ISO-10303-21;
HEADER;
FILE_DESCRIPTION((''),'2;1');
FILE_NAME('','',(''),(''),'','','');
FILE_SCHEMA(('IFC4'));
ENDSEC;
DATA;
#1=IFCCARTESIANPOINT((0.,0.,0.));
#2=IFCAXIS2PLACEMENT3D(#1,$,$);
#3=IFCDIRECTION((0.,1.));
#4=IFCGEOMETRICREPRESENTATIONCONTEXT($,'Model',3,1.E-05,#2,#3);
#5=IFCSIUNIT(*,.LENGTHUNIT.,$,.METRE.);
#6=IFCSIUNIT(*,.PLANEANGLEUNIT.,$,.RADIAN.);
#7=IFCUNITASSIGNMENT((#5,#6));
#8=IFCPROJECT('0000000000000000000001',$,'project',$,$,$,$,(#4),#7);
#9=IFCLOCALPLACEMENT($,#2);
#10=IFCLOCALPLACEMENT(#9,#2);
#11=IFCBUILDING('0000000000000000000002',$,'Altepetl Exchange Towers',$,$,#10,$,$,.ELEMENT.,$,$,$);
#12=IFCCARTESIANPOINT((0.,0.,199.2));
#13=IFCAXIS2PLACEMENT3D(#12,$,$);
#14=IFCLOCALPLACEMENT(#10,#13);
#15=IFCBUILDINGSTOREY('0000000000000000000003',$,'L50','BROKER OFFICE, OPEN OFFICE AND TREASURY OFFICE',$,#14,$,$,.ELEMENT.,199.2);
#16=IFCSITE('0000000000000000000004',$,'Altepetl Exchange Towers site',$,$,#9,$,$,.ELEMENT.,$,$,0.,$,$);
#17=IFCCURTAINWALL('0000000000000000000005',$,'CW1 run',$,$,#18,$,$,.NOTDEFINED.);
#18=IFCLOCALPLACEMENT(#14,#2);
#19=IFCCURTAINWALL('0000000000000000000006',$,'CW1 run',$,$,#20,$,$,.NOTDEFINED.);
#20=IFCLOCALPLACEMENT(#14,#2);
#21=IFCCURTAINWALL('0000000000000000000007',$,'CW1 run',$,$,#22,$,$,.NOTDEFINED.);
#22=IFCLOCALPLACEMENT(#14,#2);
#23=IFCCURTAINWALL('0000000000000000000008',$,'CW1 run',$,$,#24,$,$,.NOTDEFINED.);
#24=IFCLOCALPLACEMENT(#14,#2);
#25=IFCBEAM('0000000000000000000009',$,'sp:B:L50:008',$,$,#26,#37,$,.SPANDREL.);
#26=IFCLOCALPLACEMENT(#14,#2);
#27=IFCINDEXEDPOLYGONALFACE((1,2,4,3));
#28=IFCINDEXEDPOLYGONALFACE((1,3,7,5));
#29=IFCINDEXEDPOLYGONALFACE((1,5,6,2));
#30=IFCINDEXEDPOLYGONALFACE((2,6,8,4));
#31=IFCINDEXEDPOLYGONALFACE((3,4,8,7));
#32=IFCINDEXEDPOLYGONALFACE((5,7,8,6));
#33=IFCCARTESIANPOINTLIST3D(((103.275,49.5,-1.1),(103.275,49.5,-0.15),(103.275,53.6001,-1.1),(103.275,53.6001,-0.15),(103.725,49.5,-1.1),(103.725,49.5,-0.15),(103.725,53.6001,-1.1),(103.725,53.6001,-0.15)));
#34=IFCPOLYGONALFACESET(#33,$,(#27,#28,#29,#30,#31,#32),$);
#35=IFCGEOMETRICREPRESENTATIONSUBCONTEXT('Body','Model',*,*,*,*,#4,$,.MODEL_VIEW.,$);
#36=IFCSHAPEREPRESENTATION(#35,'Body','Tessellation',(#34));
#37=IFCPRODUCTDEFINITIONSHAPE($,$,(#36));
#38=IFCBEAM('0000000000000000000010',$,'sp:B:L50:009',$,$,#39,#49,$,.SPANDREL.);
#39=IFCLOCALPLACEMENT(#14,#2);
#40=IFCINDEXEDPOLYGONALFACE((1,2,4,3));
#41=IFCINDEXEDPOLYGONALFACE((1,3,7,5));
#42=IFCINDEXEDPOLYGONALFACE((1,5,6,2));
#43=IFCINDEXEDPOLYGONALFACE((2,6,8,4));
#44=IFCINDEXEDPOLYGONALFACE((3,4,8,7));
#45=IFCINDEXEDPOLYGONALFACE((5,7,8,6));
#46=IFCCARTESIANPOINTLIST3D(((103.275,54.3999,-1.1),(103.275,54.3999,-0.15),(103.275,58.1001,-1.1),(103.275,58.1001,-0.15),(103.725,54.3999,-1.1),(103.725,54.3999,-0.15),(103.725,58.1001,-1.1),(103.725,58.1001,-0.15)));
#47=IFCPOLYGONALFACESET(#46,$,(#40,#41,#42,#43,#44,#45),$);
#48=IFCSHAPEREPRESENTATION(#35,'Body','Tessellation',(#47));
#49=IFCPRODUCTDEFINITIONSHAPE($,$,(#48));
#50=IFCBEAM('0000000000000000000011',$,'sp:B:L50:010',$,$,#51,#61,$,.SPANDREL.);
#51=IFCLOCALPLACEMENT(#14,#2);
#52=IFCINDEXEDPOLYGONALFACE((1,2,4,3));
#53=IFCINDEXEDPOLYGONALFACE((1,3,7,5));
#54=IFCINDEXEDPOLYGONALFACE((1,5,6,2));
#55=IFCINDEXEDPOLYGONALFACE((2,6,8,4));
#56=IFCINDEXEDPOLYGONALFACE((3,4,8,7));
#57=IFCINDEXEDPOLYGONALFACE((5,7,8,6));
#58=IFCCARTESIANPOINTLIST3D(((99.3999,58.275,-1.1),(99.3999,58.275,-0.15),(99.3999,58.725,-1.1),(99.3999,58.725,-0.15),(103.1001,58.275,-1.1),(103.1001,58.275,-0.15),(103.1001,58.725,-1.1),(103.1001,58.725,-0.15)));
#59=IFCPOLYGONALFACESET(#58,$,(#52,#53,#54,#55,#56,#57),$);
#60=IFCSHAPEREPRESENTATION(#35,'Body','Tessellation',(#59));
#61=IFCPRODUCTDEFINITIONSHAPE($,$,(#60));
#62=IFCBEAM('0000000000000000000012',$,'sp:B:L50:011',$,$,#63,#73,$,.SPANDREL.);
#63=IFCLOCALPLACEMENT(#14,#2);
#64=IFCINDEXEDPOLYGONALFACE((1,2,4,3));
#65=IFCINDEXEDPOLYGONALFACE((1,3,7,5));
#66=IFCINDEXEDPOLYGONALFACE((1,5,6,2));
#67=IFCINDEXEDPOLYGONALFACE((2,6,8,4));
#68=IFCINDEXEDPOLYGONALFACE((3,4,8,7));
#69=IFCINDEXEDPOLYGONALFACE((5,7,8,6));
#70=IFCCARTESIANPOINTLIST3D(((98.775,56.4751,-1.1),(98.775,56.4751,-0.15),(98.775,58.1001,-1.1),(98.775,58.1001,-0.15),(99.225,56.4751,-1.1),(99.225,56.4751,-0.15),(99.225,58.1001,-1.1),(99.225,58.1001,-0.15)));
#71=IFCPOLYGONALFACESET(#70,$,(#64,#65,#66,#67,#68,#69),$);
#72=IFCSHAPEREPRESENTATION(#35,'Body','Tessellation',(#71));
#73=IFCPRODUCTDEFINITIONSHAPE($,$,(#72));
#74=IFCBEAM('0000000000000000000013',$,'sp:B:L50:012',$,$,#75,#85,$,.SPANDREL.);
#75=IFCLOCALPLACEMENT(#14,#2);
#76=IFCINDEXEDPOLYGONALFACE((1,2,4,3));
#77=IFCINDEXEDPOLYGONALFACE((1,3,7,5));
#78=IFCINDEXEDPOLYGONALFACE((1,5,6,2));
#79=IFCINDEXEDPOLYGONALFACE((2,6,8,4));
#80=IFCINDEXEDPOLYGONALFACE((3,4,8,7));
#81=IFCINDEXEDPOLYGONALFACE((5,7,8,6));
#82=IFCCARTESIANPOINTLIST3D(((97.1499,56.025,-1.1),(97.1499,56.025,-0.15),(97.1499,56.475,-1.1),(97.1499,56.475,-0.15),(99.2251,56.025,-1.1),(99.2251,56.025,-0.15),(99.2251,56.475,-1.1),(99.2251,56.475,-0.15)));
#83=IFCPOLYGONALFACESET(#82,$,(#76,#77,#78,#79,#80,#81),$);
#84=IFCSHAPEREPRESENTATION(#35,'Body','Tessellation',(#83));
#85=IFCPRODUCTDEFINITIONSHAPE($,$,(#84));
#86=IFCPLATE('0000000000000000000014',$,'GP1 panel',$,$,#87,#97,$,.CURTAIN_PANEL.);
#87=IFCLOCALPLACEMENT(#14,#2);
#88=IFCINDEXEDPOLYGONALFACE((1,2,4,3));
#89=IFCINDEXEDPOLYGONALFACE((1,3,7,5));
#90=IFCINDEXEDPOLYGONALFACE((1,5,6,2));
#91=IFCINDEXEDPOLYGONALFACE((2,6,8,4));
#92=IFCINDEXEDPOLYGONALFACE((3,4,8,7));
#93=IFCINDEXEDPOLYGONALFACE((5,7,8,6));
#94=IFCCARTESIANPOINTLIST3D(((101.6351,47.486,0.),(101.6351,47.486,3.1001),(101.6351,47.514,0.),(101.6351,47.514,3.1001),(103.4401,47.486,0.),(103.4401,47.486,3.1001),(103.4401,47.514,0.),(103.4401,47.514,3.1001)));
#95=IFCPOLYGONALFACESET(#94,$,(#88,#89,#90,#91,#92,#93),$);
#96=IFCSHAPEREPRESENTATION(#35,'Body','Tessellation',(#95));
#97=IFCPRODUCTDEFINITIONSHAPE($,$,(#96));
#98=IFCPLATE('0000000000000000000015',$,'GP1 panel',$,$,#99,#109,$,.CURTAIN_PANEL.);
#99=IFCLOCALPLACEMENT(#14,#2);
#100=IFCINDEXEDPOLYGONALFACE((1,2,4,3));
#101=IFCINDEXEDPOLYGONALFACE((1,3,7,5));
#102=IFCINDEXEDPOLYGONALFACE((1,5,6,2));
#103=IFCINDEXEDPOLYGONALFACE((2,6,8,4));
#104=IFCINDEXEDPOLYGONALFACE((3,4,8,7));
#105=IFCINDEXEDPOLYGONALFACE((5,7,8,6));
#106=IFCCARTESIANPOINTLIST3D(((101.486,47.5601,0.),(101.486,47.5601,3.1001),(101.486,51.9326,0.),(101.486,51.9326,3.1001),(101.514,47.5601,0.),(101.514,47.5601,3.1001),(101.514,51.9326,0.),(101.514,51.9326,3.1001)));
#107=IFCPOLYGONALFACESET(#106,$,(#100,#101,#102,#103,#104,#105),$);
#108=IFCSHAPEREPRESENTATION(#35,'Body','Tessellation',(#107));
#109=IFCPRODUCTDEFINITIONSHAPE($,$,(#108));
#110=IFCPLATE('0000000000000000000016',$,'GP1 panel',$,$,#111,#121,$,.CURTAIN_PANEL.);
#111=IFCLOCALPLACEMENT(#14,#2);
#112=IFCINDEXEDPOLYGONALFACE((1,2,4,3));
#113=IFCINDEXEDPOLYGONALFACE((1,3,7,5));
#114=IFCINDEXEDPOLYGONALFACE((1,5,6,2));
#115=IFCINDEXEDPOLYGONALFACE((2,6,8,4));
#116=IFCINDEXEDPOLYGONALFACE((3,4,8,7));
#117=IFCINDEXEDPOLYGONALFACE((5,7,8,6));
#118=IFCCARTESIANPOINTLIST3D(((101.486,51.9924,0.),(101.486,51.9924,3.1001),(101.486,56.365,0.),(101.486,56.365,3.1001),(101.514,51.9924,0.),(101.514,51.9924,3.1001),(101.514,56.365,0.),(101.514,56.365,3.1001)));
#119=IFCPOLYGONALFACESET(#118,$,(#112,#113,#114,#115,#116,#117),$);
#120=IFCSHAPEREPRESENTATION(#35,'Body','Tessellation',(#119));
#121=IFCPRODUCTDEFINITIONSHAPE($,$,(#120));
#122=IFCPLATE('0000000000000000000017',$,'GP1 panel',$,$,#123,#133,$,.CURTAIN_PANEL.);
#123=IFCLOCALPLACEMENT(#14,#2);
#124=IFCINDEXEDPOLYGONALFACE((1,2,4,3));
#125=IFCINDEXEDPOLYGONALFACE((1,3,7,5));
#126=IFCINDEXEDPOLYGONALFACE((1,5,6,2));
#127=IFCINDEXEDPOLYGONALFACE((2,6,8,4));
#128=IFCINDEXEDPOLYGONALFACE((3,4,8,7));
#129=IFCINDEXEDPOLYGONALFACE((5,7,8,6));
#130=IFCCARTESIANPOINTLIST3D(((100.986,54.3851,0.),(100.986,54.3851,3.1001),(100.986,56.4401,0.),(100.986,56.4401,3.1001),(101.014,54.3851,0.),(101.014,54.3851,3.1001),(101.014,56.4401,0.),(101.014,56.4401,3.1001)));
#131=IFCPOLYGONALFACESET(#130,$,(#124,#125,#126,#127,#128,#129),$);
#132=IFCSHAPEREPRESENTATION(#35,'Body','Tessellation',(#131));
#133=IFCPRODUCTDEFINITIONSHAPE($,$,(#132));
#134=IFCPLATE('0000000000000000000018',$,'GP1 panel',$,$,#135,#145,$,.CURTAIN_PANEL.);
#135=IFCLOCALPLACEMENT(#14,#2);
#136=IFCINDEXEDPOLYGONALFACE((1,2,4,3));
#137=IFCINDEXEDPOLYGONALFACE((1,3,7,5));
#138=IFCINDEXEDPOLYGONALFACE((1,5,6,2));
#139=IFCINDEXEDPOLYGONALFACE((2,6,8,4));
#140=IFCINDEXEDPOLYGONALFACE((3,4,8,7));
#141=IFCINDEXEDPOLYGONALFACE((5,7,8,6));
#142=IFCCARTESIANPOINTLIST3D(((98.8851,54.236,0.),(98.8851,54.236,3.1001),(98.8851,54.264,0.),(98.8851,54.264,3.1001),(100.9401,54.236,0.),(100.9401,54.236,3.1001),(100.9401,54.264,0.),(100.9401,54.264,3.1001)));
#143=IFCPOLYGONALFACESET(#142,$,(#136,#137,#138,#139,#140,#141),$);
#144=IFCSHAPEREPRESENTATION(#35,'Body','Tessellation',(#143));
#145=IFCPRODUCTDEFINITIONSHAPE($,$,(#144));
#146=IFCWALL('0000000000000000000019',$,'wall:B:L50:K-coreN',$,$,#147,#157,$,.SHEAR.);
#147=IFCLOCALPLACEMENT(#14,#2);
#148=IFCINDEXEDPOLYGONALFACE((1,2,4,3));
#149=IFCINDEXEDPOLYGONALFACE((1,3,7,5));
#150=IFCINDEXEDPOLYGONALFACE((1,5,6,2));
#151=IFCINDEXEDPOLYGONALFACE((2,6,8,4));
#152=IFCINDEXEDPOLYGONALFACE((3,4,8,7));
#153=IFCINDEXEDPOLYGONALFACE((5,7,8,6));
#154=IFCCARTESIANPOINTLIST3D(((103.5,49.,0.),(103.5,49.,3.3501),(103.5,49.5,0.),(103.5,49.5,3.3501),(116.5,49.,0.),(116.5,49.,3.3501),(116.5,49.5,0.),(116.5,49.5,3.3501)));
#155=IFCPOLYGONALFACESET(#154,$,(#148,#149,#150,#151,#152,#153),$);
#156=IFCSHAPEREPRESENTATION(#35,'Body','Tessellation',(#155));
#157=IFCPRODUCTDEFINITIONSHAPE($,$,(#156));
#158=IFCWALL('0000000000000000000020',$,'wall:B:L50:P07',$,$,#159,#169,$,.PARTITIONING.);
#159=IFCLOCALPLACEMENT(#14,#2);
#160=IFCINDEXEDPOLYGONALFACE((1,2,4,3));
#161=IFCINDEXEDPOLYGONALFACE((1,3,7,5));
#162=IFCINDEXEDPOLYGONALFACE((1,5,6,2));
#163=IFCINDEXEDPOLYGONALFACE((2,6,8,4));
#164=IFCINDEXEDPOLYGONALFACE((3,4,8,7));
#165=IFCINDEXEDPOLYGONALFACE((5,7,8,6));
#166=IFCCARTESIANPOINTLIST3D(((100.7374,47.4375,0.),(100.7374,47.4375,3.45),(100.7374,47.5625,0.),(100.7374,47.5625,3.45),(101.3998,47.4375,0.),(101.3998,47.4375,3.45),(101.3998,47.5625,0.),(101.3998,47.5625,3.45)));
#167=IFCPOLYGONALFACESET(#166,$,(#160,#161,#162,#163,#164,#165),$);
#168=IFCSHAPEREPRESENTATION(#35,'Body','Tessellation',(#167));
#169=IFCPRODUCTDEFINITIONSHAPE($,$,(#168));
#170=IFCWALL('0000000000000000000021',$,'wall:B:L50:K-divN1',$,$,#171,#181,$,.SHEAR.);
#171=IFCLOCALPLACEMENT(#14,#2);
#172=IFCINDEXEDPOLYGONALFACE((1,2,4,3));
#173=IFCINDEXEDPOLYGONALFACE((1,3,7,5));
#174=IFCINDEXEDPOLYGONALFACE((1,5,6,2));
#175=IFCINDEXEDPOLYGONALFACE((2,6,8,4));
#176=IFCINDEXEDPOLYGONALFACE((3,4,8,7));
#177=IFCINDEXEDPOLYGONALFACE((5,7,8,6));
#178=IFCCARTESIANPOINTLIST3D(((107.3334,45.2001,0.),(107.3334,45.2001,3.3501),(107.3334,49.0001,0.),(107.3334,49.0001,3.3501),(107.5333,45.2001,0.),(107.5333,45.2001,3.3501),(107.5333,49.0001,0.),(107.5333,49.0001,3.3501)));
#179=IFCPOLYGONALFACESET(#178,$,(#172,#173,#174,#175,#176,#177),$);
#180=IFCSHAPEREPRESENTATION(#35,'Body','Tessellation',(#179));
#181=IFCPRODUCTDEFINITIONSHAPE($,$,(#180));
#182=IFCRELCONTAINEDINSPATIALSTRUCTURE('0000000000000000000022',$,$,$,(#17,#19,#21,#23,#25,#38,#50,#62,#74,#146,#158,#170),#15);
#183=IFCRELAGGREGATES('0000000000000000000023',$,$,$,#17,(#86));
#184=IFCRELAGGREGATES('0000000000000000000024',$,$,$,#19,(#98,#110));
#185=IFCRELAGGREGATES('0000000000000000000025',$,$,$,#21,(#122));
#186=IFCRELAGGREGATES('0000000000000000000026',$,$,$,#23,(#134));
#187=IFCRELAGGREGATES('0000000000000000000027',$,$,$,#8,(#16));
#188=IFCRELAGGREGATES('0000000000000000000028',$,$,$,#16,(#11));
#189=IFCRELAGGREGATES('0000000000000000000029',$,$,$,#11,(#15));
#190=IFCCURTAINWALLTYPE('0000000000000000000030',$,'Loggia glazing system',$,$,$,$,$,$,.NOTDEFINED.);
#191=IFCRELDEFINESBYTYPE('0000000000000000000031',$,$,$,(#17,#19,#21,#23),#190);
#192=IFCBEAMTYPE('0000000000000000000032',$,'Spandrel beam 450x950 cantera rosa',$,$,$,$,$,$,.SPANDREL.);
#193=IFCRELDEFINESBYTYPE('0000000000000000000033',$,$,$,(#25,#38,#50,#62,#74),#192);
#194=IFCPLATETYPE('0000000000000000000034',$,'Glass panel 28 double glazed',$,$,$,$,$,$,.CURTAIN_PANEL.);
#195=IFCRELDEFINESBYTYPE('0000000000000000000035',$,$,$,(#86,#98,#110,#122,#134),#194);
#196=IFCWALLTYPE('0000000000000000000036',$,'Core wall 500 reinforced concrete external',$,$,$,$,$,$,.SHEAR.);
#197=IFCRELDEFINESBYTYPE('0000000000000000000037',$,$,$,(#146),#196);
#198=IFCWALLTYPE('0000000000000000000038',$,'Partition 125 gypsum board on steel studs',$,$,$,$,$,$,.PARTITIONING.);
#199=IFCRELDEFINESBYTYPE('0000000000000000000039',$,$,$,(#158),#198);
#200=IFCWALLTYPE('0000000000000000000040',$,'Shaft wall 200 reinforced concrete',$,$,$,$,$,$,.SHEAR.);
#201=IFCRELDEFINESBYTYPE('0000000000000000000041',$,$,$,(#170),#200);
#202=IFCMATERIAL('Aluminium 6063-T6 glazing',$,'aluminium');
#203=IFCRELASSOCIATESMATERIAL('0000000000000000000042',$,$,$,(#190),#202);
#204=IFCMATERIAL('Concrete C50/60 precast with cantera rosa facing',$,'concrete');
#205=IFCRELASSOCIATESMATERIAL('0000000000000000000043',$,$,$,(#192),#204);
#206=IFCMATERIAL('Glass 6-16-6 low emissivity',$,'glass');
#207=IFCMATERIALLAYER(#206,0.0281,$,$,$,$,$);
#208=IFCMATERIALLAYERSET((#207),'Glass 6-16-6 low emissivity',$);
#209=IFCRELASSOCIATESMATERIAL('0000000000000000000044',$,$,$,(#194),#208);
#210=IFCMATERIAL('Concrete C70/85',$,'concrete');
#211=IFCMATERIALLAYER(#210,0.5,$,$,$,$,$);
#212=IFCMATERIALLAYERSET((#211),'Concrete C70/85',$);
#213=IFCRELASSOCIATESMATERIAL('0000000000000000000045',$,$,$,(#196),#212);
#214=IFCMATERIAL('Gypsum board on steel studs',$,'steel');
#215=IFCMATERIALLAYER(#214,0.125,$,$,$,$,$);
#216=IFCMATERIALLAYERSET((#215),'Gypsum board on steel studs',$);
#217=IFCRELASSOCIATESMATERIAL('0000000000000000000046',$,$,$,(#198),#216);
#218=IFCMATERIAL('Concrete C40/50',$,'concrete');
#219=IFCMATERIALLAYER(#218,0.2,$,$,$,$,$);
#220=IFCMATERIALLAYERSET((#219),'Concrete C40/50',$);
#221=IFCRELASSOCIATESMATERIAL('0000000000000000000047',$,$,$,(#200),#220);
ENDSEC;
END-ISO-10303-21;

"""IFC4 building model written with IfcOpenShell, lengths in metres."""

from ifc_helpers import new_model, si_unit, direction, frame, frame_2d, origin, origin_2d, place, context, subcontext, project, spatial, rectangle, extrude, material, layer, layer_set, material_profile, profile_set, type_object, element, aggregate, save


model = new_model("IFC4")

# Units and contexts
model_context = context("Model", 3, precision=1e-05, world=origin(), true_north=direction((0.0, 1.0)))
body_context = subcontext(model_context, "Body", "Model", "MODEL_VIEW")
ifc_project = project(units=[si_unit("LENGTHUNIT", "METRE"), si_unit("PLANEANGLEUNIT", "RADIAN")], contexts=[model_context])

# Site, building, storey
site_placement = place(None, origin())
site = spatial("IfcSite", under=ifc_project, at=site_placement, Name="Altepetl Exchange Towers site", CompositionType="ELEMENT", RefElevation=0.0)
building_placement = place(site_placement, origin())
building = spatial("IfcBuilding", under=site, at=building_placement, Name="Altepetl Exchange Towers", CompositionType="ELEMENT")
storey_placement = place(building_placement, frame((0.0, 0.0, 199.2)))
storey = spatial("IfcBuildingStorey", under=building, at=storey_placement, Name="L50", Description="BROKER OFFICE, OPEN OFFICE AND TREASURY OFFICE", CompositionType="ELEMENT", Elevation=199.2)

# Curtain walls
ifc_material_1 = material(Name="Aluminium 6063-T6 glazing", Category="aluminium")
curtain_wall_type = type_object("IfcCurtainWallType", Name="Loggia glazing system", PredefinedType="NOTDEFINED", material=ifc_material_1)
curtain_wall_1_placement = place(storey_placement, origin())
curtain_wall_1 = element("IfcCurtainWall", 1, at=curtain_wall_1_placement, inside=storey, type_object=curtain_wall_type, Name="CW1 run", PredefinedType="NOTDEFINED")
curtain_wall_2_placement = place(storey_placement, origin())
curtain_wall_2 = element("IfcCurtainWall", 2, at=curtain_wall_2_placement, inside=storey, type_object=curtain_wall_type, Name="CW1 run", PredefinedType="NOTDEFINED")
curtain_wall_3_placement = place(storey_placement, origin())
curtain_wall_3 = element("IfcCurtainWall", 3, at=curtain_wall_3_placement, inside=storey, type_object=curtain_wall_type, Name="CW1 run", PredefinedType="NOTDEFINED")
curtain_wall_4_placement = place(storey_placement, origin())
curtain_wall_4 = element("IfcCurtainWall", 4, at=curtain_wall_4_placement, inside=storey, type_object=curtain_wall_type, Name="CW1 run", PredefinedType="NOTDEFINED")

# Beams
ifc_material_2 = material(Name="Concrete C50/60 precast with cantera rosa facing", Category="concrete")
ifc_material_profile_1 = material_profile(ifc_material_2, rectangle(XDim=0.45, YDim=0.95, at=origin_2d()), Name="450 x 950")
ifc_profile_set_1 = profile_set([ifc_material_profile_1], Name="Concrete C50/60 precast with cantera rosa facing")
beam_type = type_object("IfcBeamType", Name="Spandrel beam 450x950 cantera rosa", PredefinedType="SPANDREL", material=ifc_profile_set_1)
beam_1_placement = place(storey_placement, frame((103.5, 49.5, -0.625), z_axis=(0.0, 1.0, 0.0), x_axis=(-1.0, 0.0, 0.0)))
element("IfcBeam", 5, at=beam_1_placement, inside=storey, type_object=beam_type, Name="sp:B:L50:008", PredefinedType="SPANDREL", context=body_context, shape_type="SweptSolid", body=[
    extrude(rectangle(XDim=0.45, YDim=0.95, at=origin_2d()), origin(), (0.0, 0.0, 1.0), 4.1001),
])
for number, where, z_axis, x_axis, name in (
    (6, (103.5, 54.3999, -0.625), (0.0, 1.0, 0.0), (-1.0, 0.0, 0.0), "sp:B:L50:009"),
    (7, (103.1001, 58.5, -0.625), (-1.0, 0.0, 0.0), (0.0, -1.0, 0.0), "sp:B:L50:010"),
):
    element("IfcBeam", number, at=place(storey_placement, frame(where, z_axis=z_axis, x_axis=x_axis)), inside=storey, type_object=beam_type, Name=name, PredefinedType="SPANDREL", context=body_context, shape_type="SweptSolid", body=[
        extrude(rectangle(XDim=0.45, YDim=0.95, at=origin_2d()), origin(), (0.0, 0.0, 1.0), 3.7002),
    ])
beam_2_placement = place(storey_placement, frame((99.0, 58.1001, -0.625), z_axis=(0.0, -1.0, 0.0), x_axis=(1.0, 0.0, 0.0)))
element("IfcBeam", 8, at=beam_2_placement, inside=storey, type_object=beam_type, Name="sp:B:L50:011", PredefinedType="SPANDREL", context=body_context, shape_type="SweptSolid", body=[
    extrude(rectangle(XDim=0.45, YDim=0.95, at=origin_2d()), origin(), (0.0, 0.0, 1.0), 1.625),
])
beam_3_placement = place(storey_placement, frame((99.2251, 56.25, -0.625), z_axis=(-1.0, 0.0, 0.0), x_axis=(0.0, -1.0, 0.0)))
element("IfcBeam", 9, at=beam_3_placement, inside=storey, type_object=beam_type, Name="sp:B:L50:012", PredefinedType="SPANDREL", context=body_context, shape_type="SweptSolid", body=[
    extrude(rectangle(XDim=0.45, YDim=0.95, at=origin_2d()), origin(), (0.0, 0.0, 1.0), 2.0752),
])

# Plates
ifc_material_3 = material(Name="Glass 6-16-6 low emissivity", Category="glass")
ifc_layer_1 = layer(ifc_material_3, 0.0281)
ifc_layer_set_1 = layer_set([ifc_layer_1], Name="Glass 6-16-6 low emissivity")
plate_type = type_object("IfcPlateType", Name="Glass panel 28 double glazed", PredefinedType="CURTAIN_PANEL", material=ifc_layer_set_1)
plate_1_placement = place(storey_placement, frame((102.5376, 47.5, 0.0), z_axis=(0.0, 0.0, 1.0), x_axis=(-1.0, 0.0, 0.0)))
plate_1 = element("IfcPlate", 10, at=plate_1_placement, type_object=plate_type, Name="GP1 panel", PredefinedType="CURTAIN_PANEL", context=body_context, shape_type="SweptSolid", body=[
    extrude(rectangle(XDim=1.8049, YDim=0.0281, at=origin_2d()), origin(), (0.0, 0.0, 1.0), 3.1001),
])
aggregate(curtain_wall_1, [plate_1])
plate_2_placement = place(storey_placement, frame((101.5, 49.7463, 0.0), z_axis=(0.0, 0.0, 1.0), x_axis=(0.0, 1.0, 0.0)))
plate_2 = element("IfcPlate", 11, at=plate_2_placement, type_object=plate_type, Name="GP1 panel", PredefinedType="CURTAIN_PANEL", context=body_context, shape_type="SweptSolid", body=[
    extrude(rectangle(XDim=4.3726, YDim=0.0281, at=origin_2d()), origin(), (0.0, 0.0, 1.0), 3.1001),
])
plate_3_placement = place(storey_placement, frame((101.5, 54.1787, 0.0), z_axis=(0.0, 0.0, 1.0), x_axis=(0.0, 1.0, 0.0)))
plate_3 = element("IfcPlate", 12, at=plate_3_placement, type_object=plate_type, Name="GP1 panel", PredefinedType="CURTAIN_PANEL", context=body_context, shape_type="SweptSolid", body=[
    extrude(rectangle(XDim=4.3726, YDim=0.0281, at=origin_2d()), origin(), (0.0, 0.0, 1.0), 3.1001),
])
aggregate(curtain_wall_2, [plate_2, plate_3])
plate_4_placement = place(storey_placement, frame((101.0, 55.4126, 0.0), z_axis=(0.0, 0.0, 1.0), x_axis=(0.0, -1.0, 0.0)))
plate_4 = element("IfcPlate", 13, at=plate_4_placement, type_object=plate_type, Name="GP1 panel", PredefinedType="CURTAIN_PANEL", context=body_context, shape_type="SweptSolid", body=[
    extrude(rectangle(XDim=2.0549, YDim=0.0281, at=origin_2d()), origin(), (0.0, 0.0, 1.0), 3.1001),
])
aggregate(curtain_wall_3, [plate_4])
plate_5_placement = place(storey_placement, frame((99.9126, 54.25, 0.0), z_axis=(0.0, 0.0, 1.0), x_axis=(-1.0, 0.0, 0.0)))
plate_5 = element("IfcPlate", 14, at=plate_5_placement, type_object=plate_type, Name="GP1 panel", PredefinedType="CURTAIN_PANEL", context=body_context, shape_type="SweptSolid", body=[
    extrude(rectangle(XDim=2.0549, YDim=0.0281, at=origin_2d()), origin(), (0.0, 0.0, 1.0), 3.1001),
])
aggregate(curtain_wall_4, [plate_5])

# Walls
ifc_material_4 = material(Name="Concrete C70/85", Category="concrete")
ifc_layer_2 = layer(ifc_material_4, 0.5)
ifc_layer_set_2 = layer_set([ifc_layer_2], Name="Concrete C70/85")
wall_type_1 = type_object("IfcWallType", Name="Core wall 500 reinforced concrete external", PredefinedType="SHEAR", material=ifc_layer_set_2)
wall_1_placement = place(storey_placement, frame((103.5, 49.25, 0.0)))
element("IfcWall", 15, at=wall_1_placement, inside=storey, type_object=wall_type_1, Name="wall:B:L50:K-coreN", PredefinedType="SHEAR", context=body_context, shape_type="SweptSolid", body=[
    extrude(rectangle(XDim=13.0, YDim=0.5, at=frame_2d((6.5, 0.0))), origin(), (0.0, 0.0, 1.0), 3.3501),
])
ifc_material_5 = material(Name="Gypsum board on steel studs", Category="steel")
ifc_layer_3 = layer(ifc_material_5, 0.125)
ifc_layer_set_3 = layer_set([ifc_layer_3], Name="Gypsum board on steel studs")
wall_type_2 = type_object("IfcWallType", Name="Partition 125 gypsum board on steel studs", PredefinedType="PARTITIONING", material=ifc_layer_set_3)
wall_2_placement = place(storey_placement, frame((100.7375, 47.5, 0.0)))
element("IfcWall", 16, at=wall_2_placement, inside=storey, type_object=wall_type_2, Name="wall:B:L50:P07", PredefinedType="PARTITIONING", context=body_context, shape_type="SweptSolid", body=[
    extrude(rectangle(XDim=0.6624, YDim=0.125, at=frame_2d((0.3311, 0.0))), origin(), (0.0, 0.0, 1.0), 3.45),
])
ifc_material_6 = material(Name="Concrete C40/50", Category="concrete")
ifc_layer_4 = layer(ifc_material_6, 0.2)
ifc_layer_set_4 = layer_set([ifc_layer_4], Name="Concrete C40/50")
wall_type_3 = type_object("IfcWallType", Name="Shaft wall 200 reinforced concrete", PredefinedType="SHEAR", material=ifc_layer_set_4)
wall_3_placement = place(storey_placement, frame((107.4333, 49.0, 0.0), z_axis=(0.0, 0.0, 1.0), x_axis=(0.0, -1.0, 0.0)))
element("IfcWall", 17, at=wall_3_placement, inside=storey, type_object=wall_type_3, Name="wall:B:L50:K-divN1", PredefinedType="SHEAR", context=body_context, shape_type="SweptSolid", body=[
    extrude(rectangle(XDim=3.8, YDim=0.2, at=frame_2d((1.8999, 0.0))), origin(), (0.0, 0.0, 1.0), 3.3501),
])

save(model, "model.ifc")
